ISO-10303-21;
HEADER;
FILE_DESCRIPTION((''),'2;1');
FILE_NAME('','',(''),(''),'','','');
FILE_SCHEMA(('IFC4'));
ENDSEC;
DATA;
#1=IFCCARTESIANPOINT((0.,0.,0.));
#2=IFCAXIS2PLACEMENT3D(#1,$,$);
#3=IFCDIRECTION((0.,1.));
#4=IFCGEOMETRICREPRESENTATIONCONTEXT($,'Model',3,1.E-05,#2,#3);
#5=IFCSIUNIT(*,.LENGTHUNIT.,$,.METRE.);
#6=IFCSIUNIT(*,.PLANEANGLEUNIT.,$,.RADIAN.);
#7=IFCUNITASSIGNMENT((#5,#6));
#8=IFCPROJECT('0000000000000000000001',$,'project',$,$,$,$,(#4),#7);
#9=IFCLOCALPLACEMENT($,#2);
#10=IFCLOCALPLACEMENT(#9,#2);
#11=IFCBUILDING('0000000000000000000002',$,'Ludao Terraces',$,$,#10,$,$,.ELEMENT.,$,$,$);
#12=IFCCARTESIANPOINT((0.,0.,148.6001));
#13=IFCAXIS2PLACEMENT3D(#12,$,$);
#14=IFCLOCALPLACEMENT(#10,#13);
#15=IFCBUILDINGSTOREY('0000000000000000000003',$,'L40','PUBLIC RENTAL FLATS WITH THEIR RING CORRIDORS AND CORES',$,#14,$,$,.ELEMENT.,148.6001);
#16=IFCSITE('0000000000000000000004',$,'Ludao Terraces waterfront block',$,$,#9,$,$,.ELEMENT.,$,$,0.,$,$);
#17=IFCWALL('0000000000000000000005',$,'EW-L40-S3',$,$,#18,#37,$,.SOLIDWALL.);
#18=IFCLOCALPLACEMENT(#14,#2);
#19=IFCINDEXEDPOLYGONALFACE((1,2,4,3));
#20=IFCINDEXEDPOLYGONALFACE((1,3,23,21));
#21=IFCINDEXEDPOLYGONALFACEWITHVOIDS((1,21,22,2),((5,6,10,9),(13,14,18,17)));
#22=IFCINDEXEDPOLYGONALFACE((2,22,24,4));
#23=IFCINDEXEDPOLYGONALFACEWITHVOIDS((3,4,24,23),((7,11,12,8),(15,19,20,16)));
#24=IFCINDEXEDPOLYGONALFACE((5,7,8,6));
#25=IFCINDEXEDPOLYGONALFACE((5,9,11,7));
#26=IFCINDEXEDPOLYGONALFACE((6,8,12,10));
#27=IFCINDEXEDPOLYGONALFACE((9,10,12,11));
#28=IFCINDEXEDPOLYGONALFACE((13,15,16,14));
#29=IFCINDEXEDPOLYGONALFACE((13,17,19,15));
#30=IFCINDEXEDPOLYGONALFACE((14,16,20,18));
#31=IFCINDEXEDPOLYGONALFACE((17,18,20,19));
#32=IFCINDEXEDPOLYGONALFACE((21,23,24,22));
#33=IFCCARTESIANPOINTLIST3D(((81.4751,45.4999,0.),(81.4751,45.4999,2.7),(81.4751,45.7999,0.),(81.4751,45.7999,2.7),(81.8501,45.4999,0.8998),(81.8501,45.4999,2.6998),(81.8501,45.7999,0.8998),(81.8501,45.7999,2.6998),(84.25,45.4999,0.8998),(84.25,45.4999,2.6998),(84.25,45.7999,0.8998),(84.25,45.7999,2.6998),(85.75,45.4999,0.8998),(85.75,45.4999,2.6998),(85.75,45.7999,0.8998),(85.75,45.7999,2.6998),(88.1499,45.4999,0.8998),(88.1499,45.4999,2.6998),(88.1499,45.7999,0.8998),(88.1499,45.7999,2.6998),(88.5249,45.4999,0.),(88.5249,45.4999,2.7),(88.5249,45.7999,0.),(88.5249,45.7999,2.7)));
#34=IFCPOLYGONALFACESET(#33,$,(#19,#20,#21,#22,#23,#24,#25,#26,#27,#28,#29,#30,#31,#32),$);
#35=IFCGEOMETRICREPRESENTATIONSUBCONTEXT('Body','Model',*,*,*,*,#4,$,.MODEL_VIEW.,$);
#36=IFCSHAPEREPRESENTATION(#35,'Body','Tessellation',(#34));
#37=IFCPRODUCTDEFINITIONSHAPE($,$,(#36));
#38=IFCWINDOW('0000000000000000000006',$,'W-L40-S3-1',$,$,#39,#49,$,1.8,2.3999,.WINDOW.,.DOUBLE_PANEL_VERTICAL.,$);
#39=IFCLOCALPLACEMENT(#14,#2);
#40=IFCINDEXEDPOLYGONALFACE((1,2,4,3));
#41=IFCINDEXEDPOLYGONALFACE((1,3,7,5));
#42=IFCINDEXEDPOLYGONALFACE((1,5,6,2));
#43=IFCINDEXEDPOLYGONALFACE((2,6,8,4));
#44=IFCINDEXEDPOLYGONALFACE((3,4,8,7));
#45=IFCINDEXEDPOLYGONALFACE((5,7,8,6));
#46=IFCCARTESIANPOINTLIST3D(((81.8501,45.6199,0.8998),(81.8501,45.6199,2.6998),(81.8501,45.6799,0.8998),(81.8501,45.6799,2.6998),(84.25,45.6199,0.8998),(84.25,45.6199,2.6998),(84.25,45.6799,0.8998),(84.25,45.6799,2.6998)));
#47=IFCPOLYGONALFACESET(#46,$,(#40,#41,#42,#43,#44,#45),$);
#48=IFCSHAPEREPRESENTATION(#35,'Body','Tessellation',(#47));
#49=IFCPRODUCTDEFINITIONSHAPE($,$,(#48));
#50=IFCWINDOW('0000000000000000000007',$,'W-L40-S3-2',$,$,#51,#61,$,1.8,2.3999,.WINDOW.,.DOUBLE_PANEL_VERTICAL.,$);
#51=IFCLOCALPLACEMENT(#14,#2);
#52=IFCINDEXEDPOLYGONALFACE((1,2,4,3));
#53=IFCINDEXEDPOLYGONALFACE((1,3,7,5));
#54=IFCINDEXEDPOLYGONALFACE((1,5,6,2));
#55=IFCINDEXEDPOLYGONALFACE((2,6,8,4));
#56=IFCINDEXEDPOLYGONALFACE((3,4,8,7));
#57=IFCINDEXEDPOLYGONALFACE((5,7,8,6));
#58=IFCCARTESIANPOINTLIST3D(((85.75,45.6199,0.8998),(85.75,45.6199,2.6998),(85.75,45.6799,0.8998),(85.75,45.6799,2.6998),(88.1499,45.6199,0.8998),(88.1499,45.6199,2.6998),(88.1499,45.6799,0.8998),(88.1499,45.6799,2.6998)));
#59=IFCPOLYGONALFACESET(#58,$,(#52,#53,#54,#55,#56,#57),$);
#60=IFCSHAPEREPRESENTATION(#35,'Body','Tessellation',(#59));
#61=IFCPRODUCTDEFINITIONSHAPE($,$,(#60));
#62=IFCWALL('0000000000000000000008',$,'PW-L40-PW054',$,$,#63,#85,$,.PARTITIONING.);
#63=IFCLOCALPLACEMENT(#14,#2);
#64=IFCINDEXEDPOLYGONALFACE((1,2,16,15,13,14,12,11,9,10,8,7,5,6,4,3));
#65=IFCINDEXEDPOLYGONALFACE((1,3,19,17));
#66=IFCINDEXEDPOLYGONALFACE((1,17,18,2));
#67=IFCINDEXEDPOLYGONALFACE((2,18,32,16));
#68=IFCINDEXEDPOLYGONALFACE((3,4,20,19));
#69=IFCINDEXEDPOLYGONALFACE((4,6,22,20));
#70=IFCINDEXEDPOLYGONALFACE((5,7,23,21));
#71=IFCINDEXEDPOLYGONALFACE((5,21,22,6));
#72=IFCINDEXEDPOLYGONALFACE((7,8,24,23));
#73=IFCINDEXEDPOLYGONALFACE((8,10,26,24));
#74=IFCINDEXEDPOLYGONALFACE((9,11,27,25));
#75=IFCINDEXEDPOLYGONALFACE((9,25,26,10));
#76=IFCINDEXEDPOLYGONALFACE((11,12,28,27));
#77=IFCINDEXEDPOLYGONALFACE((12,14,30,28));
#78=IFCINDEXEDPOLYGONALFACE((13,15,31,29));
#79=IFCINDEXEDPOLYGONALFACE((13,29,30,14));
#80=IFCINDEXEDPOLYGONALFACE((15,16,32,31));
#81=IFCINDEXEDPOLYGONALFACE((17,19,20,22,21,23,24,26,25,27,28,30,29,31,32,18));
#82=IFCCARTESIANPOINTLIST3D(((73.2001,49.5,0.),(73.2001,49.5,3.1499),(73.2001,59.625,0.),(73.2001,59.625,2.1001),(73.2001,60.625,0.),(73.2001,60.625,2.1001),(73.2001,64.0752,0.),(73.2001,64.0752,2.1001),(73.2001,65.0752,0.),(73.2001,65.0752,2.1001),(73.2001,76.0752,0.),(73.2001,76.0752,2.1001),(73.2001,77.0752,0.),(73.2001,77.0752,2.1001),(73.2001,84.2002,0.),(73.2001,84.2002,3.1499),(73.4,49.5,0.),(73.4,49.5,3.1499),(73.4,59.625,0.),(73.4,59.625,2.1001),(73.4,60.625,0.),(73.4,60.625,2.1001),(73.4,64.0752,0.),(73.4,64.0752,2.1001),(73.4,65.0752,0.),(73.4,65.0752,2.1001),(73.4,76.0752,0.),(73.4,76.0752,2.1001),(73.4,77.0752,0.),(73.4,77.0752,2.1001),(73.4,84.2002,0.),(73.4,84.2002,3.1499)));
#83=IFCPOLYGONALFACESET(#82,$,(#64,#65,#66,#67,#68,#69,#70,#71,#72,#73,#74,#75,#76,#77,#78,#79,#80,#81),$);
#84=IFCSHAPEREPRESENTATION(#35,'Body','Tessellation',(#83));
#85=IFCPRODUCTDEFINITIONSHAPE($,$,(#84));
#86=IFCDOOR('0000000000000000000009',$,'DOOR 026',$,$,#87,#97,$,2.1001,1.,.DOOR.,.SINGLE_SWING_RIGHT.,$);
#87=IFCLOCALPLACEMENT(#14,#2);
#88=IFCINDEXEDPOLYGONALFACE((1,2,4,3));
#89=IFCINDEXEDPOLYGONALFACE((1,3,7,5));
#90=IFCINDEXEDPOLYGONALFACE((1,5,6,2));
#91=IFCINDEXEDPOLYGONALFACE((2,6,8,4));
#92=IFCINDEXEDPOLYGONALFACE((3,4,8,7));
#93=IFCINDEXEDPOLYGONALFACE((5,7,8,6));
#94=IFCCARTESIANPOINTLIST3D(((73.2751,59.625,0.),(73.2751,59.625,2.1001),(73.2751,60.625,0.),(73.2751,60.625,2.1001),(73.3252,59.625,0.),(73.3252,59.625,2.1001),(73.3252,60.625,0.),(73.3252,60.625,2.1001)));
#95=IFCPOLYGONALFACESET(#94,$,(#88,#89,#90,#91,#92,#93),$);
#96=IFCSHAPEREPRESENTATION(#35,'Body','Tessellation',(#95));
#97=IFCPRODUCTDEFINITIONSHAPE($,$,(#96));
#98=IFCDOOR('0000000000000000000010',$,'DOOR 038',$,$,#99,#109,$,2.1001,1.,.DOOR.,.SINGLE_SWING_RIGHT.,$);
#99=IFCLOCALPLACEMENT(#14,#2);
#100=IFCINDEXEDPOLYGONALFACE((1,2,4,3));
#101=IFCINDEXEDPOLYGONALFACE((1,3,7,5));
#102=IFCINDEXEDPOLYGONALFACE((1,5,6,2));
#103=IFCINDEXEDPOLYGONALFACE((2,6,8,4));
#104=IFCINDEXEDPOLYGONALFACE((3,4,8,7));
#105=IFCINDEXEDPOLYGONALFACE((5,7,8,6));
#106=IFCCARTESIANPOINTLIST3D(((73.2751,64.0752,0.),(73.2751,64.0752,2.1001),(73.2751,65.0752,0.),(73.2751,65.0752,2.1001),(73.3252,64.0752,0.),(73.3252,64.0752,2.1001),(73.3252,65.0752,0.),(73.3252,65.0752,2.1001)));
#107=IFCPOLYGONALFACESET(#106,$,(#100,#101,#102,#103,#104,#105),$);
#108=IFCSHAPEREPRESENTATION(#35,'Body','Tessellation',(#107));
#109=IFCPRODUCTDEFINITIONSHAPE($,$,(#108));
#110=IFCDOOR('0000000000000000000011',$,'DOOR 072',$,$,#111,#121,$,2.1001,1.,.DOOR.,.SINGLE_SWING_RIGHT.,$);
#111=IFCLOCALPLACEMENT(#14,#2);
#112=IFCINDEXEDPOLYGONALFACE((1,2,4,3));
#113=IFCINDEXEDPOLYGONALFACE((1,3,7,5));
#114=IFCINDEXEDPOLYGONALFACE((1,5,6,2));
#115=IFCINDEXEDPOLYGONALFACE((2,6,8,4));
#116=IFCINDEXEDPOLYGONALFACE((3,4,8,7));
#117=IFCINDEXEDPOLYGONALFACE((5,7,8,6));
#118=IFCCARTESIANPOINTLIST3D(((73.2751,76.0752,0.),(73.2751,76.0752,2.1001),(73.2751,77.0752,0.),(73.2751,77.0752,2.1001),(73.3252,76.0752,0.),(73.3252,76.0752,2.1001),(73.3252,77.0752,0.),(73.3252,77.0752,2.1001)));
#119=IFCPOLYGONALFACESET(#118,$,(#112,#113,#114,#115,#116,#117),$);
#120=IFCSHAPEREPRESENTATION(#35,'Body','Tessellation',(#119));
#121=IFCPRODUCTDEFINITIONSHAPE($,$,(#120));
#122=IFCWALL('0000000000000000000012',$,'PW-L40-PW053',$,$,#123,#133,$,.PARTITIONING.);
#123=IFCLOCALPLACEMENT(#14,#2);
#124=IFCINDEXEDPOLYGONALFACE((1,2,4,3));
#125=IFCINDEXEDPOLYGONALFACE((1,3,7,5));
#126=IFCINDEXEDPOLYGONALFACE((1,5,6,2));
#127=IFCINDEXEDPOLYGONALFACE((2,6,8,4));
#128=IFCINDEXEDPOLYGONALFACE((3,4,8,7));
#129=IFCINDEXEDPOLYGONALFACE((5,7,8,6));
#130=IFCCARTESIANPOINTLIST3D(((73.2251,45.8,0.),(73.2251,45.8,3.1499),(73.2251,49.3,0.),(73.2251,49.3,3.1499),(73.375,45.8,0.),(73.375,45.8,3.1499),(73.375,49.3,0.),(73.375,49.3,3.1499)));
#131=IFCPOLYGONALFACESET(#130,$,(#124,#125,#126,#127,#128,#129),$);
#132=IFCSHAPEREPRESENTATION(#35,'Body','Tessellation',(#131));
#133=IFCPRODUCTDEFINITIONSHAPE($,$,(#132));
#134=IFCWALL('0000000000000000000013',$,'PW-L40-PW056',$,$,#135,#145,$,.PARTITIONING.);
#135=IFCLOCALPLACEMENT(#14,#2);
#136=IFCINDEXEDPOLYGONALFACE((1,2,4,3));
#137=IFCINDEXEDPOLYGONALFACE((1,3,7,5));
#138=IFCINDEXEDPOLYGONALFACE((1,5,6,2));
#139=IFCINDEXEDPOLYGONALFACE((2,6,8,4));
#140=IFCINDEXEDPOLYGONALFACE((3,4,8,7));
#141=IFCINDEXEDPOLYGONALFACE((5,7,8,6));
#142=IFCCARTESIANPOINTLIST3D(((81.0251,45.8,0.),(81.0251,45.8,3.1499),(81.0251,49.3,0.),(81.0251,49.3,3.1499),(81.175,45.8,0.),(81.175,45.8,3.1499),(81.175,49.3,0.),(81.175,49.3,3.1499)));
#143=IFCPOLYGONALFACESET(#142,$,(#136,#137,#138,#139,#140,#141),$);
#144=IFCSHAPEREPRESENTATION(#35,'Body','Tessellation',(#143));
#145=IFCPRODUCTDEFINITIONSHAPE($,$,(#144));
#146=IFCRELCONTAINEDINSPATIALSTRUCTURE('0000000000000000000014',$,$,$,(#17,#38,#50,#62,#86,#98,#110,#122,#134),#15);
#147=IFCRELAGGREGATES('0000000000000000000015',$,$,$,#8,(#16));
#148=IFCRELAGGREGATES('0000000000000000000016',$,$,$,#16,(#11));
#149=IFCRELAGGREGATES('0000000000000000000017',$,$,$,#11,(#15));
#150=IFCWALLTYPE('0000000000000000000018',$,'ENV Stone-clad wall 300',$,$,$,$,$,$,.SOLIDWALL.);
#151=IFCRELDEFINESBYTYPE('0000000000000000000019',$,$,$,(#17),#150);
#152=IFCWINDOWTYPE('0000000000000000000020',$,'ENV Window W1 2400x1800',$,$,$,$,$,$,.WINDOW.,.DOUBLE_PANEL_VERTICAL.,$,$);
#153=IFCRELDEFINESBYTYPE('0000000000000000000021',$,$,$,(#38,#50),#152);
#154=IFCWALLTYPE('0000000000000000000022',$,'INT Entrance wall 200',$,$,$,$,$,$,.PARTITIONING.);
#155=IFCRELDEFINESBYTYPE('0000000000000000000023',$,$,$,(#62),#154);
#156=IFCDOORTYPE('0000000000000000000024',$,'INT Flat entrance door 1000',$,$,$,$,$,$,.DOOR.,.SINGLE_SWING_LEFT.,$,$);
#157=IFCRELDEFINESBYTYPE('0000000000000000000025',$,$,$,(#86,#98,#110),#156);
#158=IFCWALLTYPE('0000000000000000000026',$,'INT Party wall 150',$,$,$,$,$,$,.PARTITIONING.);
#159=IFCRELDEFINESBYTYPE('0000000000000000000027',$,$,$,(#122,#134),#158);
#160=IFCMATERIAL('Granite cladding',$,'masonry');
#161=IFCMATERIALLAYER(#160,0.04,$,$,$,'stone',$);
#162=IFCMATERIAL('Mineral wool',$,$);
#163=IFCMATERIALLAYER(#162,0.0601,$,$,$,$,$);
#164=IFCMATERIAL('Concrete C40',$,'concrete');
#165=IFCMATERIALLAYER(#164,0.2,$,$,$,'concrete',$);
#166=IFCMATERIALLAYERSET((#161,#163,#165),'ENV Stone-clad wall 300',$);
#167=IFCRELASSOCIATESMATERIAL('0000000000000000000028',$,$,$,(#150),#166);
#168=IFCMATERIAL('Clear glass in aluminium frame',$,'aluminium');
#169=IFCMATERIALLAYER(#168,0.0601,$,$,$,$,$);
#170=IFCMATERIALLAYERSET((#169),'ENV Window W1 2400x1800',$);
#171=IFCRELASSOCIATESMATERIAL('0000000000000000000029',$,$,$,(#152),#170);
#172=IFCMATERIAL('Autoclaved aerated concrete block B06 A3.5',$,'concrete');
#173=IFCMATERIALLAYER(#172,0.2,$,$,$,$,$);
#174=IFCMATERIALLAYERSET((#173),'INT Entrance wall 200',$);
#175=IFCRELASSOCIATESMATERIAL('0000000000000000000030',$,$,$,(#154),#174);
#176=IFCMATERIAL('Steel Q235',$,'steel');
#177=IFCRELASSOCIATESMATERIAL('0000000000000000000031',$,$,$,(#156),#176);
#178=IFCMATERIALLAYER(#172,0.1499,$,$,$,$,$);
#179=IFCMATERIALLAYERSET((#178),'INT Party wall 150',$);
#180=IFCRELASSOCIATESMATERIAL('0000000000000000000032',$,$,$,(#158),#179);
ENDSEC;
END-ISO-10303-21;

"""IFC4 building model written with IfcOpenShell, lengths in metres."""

from ifc_helpers import new_model, si_unit, direction, frame, frame_2d, origin, place, context, subcontext, project, spatial, rectangle, extrude, material, layer, layer_set, type_object, element, fill, save


model = new_model("IFC4")

# Units and contexts
model_context = context("Model", 3, precision=1e-05, world=origin(), true_north=direction((0.0, 1.0)))
body_context = subcontext(model_context, "Body", "Model", "MODEL_VIEW")
ifc_project = project(units=[si_unit("LENGTHUNIT", "METRE"), si_unit("PLANEANGLEUNIT", "RADIAN")], contexts=[model_context])

# Site, building, storey
site_placement = place(None, origin())
site = spatial("IfcSite", under=ifc_project, at=site_placement, Name="Ludao Terraces waterfront block", CompositionType="ELEMENT", RefElevation=0.0)
building_placement = place(site_placement, origin())
building = spatial("IfcBuilding", under=site, at=building_placement, Name="Ludao Terraces", CompositionType="ELEMENT")
storey_placement = place(building_placement, frame((0.0, 0.0, 148.6001)))
storey = spatial("IfcBuildingStorey", under=building, at=storey_placement, Name="L40", Description="PUBLIC RENTAL FLATS WITH THEIR RING CORRIDORS AND CORES", CompositionType="ELEMENT", Elevation=148.6001)

# Shared definitions
ifc_material_1 = material(Name="Steel Q235", Category="steel")

# Wall, openings, windows
ifc_material_2 = material(Name="Granite cladding", Category="masonry")
ifc_layer_1 = layer(ifc_material_2, 0.04, Category="stone")
ifc_material_3 = material(Name="Mineral wool")
ifc_layer_2 = layer(ifc_material_3, 0.0601)
ifc_material_4 = material(Name="Concrete C40", Category="concrete")
ifc_layer_3 = layer(ifc_material_4, 0.2, Category="concrete")
ifc_layer_set_1 = layer_set([ifc_layer_1, ifc_layer_2, ifc_layer_3], Name="ENV Stone-clad wall 300")
wall_type_1 = type_object("IfcWallType", Name="ENV Stone-clad wall 300", PredefinedType="SOLIDWALL", material=ifc_layer_set_1)
ifc_material_5 = material(Name="Clear glass in aluminium frame", Category="aluminium")
ifc_layer_4 = layer(ifc_material_5, 0.0601)
ifc_layer_set_2 = layer_set([ifc_layer_4], Name="ENV Window W1 2400x1800")
window_type = type_object("IfcWindowType", Name="ENV Window W1 2400x1800", PartitioningType="DOUBLE_PANEL_VERTICAL", PredefinedType="WINDOW", material=ifc_layer_set_2)
wall_1_placement = place(storey_placement, frame((81.4751, 45.6499, 0.0), z_axis=(0.0, 0.0, 1.0), x_axis=(1.0, 0.0, 0.0)))
wall_1 = element("IfcWall", 1, at=wall_1_placement, inside=storey, type_object=wall_type_1, Name="EW-L40-S3", PredefinedType="SOLIDWALL", context=body_context, shape_type="SweptSolid", body=[
    extrude(rectangle(XDim=7.0498, YDim=0.3, at=frame_2d((3.5249, 0.0))), origin(), (0.0, 0.0, 1.0), 2.7),
])
opening_1_placement = place(wall_1_placement, frame((0.375, 0.0, 0.8999)))
opening_1 = element("IfcOpeningElement", 2, at=opening_1_placement, cuts=wall_1, PredefinedType="OPENING", context=body_context, shape_type="SweptSolid", body=[
    extrude(rectangle(XDim=2.3999, YDim=1.8, at=frame_2d((1.2, 0.8999))), frame((0.0, 0.1602, 0.0), z_axis=(0.0, -1.0, 0.0), x_axis=(1.0, 0.0, 0.0)), (0.0, 0.0, 1.0), 0.3201),
])
opening_2_placement = place(wall_1_placement, frame((4.2749, 0.0, 0.8999)))
opening_2 = element("IfcOpeningElement", 3, at=opening_2_placement, cuts=wall_1, PredefinedType="OPENING", context=body_context, shape_type="SweptSolid", body=[
    extrude(rectangle(XDim=2.3999, YDim=1.8, at=frame_2d((1.2, 0.8999))), frame((0.0, 0.1602, 0.0), z_axis=(0.0, -1.0, 0.0), x_axis=(1.0, 0.0, 0.0)), (0.0, 0.0, 1.0), 0.3201),
])
window_1_placement = place(opening_1_placement, origin())
window_1 = element("IfcWindow", 4, at=window_1_placement, inside=storey, type_object=window_type, Name="W-L40-S3-1", OverallHeight=1.8, OverallWidth=2.3999, PartitioningType="DOUBLE_PANEL_VERTICAL", PredefinedType="WINDOW", context=body_context, shape_type="SweptSolid", body=[
    extrude(rectangle(XDim=2.3999, YDim=1.8, at=frame_2d((1.2, 0.8999))), frame((0.0, 0.03, 0.0), z_axis=(0.0, -1.0, 0.0), x_axis=(1.0, 0.0, 0.0)), (0.0, 0.0, 1.0), 0.0601),
])
fill(opening_1, window_1)
window_2_placement = place(opening_2_placement, origin())
window_2 = element("IfcWindow", 5, at=window_2_placement, inside=storey, type_object=window_type, Name="W-L40-S3-2", OverallHeight=1.8, OverallWidth=2.3999, PartitioningType="DOUBLE_PANEL_VERTICAL", PredefinedType="WINDOW", context=body_context, shape_type="SweptSolid", body=[
    extrude(rectangle(XDim=2.3999, YDim=1.8, at=frame_2d((1.2, 0.8999))), frame((0.0, 0.03, 0.0), z_axis=(0.0, -1.0, 0.0), x_axis=(1.0, 0.0, 0.0)), (0.0, 0.0, 1.0), 0.0601),
])
fill(opening_2, window_2)

# Wall, openings, doors
ifc_material_6 = material(Name="Autoclaved aerated concrete block B06 A3.5", Category="concrete")
ifc_layer_5 = layer(ifc_material_6, 0.2)
ifc_layer_set_3 = layer_set([ifc_layer_5], Name="INT Entrance wall 200")
wall_type_2 = type_object("IfcWallType", Name="INT Entrance wall 200", PredefinedType="PARTITIONING", material=ifc_layer_set_3)
wall_2_placement = place(storey_placement, frame((73.3, 49.5, 0.0), z_axis=(0.0, 0.0, 1.0), x_axis=(0.0, 1.0, 0.0)))
wall_2 = element("IfcWall", 6, at=wall_2_placement, inside=storey, type_object=wall_type_2, Name="PW-L40-PW054", PredefinedType="PARTITIONING", context=body_context, shape_type="SweptSolid", body=[
    extrude(rectangle(XDim=34.7002, YDim=0.2, at=frame_2d((17.3501, 0.0))), origin(), (0.0, 0.0, 1.0), 3.1499),
])
opening_3_placement = place(wall_2_placement, frame((10.125, 0.0, 0.0)))
opening_3 = element("IfcOpeningElement", 7, at=opening_3_placement, cuts=wall_2, PredefinedType="OPENING", context=body_context, shape_type="SweptSolid", body=[
    extrude(rectangle(XDim=1.0, YDim=2.1001, at=frame_2d((0.5, 1.05))), frame((0.0, 0.1099, 0.0), z_axis=(0.0, -1.0, 0.0), x_axis=(1.0, 0.0, 0.0)), (0.0, 0.0, 1.0), 0.22),
])
opening_4_placement = place(wall_2_placement, frame((14.5752, 0.0, 0.0)))
opening_4 = element("IfcOpeningElement", 8, at=opening_4_placement, cuts=wall_2, PredefinedType="OPENING", context=body_context, shape_type="SweptSolid", body=[
    extrude(rectangle(XDim=1.0, YDim=2.1001, at=frame_2d((0.5, 1.05))), frame((0.0, 0.1099, 0.0), z_axis=(0.0, -1.0, 0.0), x_axis=(1.0, 0.0, 0.0)), (0.0, 0.0, 1.0), 0.22),
])
opening_5_placement = place(wall_2_placement, frame((26.5752, 0.0, 0.0)))
opening_5 = element("IfcOpeningElement", 9, at=opening_5_placement, cuts=wall_2, PredefinedType="OPENING", context=body_context, shape_type="SweptSolid", body=[
    extrude(rectangle(XDim=1.0, YDim=2.1001, at=frame_2d((0.5, 1.05))), frame((0.0, 0.1099, 0.0), z_axis=(0.0, -1.0, 0.0), x_axis=(1.0, 0.0, 0.0)), (0.0, 0.0, 1.0), 0.22),
])
door_type_1 = type_object("IfcDoorType", Name="INT Flat entrance door 1000", OperationType="SINGLE_SWING_LEFT", PredefinedType="DOOR", material=ifc_material_1)
door_1_placement = place(opening_3_placement, origin())
door_1 = element("IfcDoor", 10, at=door_1_placement, inside=storey, type_object=door_type_1, Name="DOOR 026", OperationType="SINGLE_SWING_RIGHT", OverallHeight=2.1001, OverallWidth=1.0, PredefinedType="DOOR", context=body_context, shape_type="SweptSolid", body=[
    extrude(rectangle(XDim=1.0, YDim=2.1001, at=frame_2d((0.5, 1.05))), frame((0.0, 0.0249, 0.0), z_axis=(0.0, -1.0, 0.0), x_axis=(1.0, 0.0, 0.0)), (0.0, 0.0, 1.0), 0.05),
])
fill(opening_3, door_1)
door_2_placement = place(opening_4_placement, origin())
door_2 = element("IfcDoor", 11, at=door_2_placement, inside=storey, type_object=door_type_1, Name="DOOR 038", OperationType="SINGLE_SWING_RIGHT", OverallHeight=2.1001, OverallWidth=1.0, PredefinedType="DOOR", context=body_context, shape_type="SweptSolid", body=[
    extrude(rectangle(XDim=1.0, YDim=2.1001, at=frame_2d((0.5, 1.05))), frame((0.0, 0.0249, 0.0), z_axis=(0.0, -1.0, 0.0), x_axis=(1.0, 0.0, 0.0)), (0.0, 0.0, 1.0), 0.05),
])
fill(opening_4, door_2)
door_3_placement = place(opening_5_placement, origin())
door_3 = element("IfcDoor", 12, at=door_3_placement, inside=storey, type_object=door_type_1, Name="DOOR 072", OperationType="SINGLE_SWING_RIGHT", OverallHeight=2.1001, OverallWidth=1.0, PredefinedType="DOOR", context=body_context, shape_type="SweptSolid", body=[
    extrude(rectangle(XDim=1.0, YDim=2.1001, at=frame_2d((0.5, 1.05))), frame((0.0, 0.0249, 0.0), z_axis=(0.0, -1.0, 0.0), x_axis=(1.0, 0.0, 0.0)), (0.0, 0.0, 1.0), 0.05),
])
fill(opening_5, door_3)

# Walls
ifc_layer_6 = layer(ifc_material_6, 0.1499)
ifc_layer_set_4 = layer_set([ifc_layer_6], Name="INT Party wall 150")
wall_type_3 = type_object("IfcWallType", Name="INT Party wall 150", PredefinedType="PARTITIONING", material=ifc_layer_set_4)
for number, where, z_axis, x_axis, name in (
    (13, (73.3, 45.8, 0.0), (0.0, 0.0, 1.0), (0.0, 1.0, 0.0), "PW-L40-PW053"),
    (14, (81.1001, 45.8, 0.0), (0.0, 0.0, 1.0), (0.0, 1.0, 0.0), "PW-L40-PW056"),
):
    element("IfcWall", number, at=place(storey_placement, frame(where, z_axis=z_axis, x_axis=x_axis)), inside=storey, type_object=wall_type_3, Name=name, PredefinedType="PARTITIONING", context=body_context, shape_type="SweptSolid", body=[
        extrude(rectangle(XDim=3.5, YDim=0.1499, at=frame_2d((1.75, 0.0))), origin(), (0.0, 0.0, 1.0), 3.1499),
    ])

save(model, "model.ifc")
